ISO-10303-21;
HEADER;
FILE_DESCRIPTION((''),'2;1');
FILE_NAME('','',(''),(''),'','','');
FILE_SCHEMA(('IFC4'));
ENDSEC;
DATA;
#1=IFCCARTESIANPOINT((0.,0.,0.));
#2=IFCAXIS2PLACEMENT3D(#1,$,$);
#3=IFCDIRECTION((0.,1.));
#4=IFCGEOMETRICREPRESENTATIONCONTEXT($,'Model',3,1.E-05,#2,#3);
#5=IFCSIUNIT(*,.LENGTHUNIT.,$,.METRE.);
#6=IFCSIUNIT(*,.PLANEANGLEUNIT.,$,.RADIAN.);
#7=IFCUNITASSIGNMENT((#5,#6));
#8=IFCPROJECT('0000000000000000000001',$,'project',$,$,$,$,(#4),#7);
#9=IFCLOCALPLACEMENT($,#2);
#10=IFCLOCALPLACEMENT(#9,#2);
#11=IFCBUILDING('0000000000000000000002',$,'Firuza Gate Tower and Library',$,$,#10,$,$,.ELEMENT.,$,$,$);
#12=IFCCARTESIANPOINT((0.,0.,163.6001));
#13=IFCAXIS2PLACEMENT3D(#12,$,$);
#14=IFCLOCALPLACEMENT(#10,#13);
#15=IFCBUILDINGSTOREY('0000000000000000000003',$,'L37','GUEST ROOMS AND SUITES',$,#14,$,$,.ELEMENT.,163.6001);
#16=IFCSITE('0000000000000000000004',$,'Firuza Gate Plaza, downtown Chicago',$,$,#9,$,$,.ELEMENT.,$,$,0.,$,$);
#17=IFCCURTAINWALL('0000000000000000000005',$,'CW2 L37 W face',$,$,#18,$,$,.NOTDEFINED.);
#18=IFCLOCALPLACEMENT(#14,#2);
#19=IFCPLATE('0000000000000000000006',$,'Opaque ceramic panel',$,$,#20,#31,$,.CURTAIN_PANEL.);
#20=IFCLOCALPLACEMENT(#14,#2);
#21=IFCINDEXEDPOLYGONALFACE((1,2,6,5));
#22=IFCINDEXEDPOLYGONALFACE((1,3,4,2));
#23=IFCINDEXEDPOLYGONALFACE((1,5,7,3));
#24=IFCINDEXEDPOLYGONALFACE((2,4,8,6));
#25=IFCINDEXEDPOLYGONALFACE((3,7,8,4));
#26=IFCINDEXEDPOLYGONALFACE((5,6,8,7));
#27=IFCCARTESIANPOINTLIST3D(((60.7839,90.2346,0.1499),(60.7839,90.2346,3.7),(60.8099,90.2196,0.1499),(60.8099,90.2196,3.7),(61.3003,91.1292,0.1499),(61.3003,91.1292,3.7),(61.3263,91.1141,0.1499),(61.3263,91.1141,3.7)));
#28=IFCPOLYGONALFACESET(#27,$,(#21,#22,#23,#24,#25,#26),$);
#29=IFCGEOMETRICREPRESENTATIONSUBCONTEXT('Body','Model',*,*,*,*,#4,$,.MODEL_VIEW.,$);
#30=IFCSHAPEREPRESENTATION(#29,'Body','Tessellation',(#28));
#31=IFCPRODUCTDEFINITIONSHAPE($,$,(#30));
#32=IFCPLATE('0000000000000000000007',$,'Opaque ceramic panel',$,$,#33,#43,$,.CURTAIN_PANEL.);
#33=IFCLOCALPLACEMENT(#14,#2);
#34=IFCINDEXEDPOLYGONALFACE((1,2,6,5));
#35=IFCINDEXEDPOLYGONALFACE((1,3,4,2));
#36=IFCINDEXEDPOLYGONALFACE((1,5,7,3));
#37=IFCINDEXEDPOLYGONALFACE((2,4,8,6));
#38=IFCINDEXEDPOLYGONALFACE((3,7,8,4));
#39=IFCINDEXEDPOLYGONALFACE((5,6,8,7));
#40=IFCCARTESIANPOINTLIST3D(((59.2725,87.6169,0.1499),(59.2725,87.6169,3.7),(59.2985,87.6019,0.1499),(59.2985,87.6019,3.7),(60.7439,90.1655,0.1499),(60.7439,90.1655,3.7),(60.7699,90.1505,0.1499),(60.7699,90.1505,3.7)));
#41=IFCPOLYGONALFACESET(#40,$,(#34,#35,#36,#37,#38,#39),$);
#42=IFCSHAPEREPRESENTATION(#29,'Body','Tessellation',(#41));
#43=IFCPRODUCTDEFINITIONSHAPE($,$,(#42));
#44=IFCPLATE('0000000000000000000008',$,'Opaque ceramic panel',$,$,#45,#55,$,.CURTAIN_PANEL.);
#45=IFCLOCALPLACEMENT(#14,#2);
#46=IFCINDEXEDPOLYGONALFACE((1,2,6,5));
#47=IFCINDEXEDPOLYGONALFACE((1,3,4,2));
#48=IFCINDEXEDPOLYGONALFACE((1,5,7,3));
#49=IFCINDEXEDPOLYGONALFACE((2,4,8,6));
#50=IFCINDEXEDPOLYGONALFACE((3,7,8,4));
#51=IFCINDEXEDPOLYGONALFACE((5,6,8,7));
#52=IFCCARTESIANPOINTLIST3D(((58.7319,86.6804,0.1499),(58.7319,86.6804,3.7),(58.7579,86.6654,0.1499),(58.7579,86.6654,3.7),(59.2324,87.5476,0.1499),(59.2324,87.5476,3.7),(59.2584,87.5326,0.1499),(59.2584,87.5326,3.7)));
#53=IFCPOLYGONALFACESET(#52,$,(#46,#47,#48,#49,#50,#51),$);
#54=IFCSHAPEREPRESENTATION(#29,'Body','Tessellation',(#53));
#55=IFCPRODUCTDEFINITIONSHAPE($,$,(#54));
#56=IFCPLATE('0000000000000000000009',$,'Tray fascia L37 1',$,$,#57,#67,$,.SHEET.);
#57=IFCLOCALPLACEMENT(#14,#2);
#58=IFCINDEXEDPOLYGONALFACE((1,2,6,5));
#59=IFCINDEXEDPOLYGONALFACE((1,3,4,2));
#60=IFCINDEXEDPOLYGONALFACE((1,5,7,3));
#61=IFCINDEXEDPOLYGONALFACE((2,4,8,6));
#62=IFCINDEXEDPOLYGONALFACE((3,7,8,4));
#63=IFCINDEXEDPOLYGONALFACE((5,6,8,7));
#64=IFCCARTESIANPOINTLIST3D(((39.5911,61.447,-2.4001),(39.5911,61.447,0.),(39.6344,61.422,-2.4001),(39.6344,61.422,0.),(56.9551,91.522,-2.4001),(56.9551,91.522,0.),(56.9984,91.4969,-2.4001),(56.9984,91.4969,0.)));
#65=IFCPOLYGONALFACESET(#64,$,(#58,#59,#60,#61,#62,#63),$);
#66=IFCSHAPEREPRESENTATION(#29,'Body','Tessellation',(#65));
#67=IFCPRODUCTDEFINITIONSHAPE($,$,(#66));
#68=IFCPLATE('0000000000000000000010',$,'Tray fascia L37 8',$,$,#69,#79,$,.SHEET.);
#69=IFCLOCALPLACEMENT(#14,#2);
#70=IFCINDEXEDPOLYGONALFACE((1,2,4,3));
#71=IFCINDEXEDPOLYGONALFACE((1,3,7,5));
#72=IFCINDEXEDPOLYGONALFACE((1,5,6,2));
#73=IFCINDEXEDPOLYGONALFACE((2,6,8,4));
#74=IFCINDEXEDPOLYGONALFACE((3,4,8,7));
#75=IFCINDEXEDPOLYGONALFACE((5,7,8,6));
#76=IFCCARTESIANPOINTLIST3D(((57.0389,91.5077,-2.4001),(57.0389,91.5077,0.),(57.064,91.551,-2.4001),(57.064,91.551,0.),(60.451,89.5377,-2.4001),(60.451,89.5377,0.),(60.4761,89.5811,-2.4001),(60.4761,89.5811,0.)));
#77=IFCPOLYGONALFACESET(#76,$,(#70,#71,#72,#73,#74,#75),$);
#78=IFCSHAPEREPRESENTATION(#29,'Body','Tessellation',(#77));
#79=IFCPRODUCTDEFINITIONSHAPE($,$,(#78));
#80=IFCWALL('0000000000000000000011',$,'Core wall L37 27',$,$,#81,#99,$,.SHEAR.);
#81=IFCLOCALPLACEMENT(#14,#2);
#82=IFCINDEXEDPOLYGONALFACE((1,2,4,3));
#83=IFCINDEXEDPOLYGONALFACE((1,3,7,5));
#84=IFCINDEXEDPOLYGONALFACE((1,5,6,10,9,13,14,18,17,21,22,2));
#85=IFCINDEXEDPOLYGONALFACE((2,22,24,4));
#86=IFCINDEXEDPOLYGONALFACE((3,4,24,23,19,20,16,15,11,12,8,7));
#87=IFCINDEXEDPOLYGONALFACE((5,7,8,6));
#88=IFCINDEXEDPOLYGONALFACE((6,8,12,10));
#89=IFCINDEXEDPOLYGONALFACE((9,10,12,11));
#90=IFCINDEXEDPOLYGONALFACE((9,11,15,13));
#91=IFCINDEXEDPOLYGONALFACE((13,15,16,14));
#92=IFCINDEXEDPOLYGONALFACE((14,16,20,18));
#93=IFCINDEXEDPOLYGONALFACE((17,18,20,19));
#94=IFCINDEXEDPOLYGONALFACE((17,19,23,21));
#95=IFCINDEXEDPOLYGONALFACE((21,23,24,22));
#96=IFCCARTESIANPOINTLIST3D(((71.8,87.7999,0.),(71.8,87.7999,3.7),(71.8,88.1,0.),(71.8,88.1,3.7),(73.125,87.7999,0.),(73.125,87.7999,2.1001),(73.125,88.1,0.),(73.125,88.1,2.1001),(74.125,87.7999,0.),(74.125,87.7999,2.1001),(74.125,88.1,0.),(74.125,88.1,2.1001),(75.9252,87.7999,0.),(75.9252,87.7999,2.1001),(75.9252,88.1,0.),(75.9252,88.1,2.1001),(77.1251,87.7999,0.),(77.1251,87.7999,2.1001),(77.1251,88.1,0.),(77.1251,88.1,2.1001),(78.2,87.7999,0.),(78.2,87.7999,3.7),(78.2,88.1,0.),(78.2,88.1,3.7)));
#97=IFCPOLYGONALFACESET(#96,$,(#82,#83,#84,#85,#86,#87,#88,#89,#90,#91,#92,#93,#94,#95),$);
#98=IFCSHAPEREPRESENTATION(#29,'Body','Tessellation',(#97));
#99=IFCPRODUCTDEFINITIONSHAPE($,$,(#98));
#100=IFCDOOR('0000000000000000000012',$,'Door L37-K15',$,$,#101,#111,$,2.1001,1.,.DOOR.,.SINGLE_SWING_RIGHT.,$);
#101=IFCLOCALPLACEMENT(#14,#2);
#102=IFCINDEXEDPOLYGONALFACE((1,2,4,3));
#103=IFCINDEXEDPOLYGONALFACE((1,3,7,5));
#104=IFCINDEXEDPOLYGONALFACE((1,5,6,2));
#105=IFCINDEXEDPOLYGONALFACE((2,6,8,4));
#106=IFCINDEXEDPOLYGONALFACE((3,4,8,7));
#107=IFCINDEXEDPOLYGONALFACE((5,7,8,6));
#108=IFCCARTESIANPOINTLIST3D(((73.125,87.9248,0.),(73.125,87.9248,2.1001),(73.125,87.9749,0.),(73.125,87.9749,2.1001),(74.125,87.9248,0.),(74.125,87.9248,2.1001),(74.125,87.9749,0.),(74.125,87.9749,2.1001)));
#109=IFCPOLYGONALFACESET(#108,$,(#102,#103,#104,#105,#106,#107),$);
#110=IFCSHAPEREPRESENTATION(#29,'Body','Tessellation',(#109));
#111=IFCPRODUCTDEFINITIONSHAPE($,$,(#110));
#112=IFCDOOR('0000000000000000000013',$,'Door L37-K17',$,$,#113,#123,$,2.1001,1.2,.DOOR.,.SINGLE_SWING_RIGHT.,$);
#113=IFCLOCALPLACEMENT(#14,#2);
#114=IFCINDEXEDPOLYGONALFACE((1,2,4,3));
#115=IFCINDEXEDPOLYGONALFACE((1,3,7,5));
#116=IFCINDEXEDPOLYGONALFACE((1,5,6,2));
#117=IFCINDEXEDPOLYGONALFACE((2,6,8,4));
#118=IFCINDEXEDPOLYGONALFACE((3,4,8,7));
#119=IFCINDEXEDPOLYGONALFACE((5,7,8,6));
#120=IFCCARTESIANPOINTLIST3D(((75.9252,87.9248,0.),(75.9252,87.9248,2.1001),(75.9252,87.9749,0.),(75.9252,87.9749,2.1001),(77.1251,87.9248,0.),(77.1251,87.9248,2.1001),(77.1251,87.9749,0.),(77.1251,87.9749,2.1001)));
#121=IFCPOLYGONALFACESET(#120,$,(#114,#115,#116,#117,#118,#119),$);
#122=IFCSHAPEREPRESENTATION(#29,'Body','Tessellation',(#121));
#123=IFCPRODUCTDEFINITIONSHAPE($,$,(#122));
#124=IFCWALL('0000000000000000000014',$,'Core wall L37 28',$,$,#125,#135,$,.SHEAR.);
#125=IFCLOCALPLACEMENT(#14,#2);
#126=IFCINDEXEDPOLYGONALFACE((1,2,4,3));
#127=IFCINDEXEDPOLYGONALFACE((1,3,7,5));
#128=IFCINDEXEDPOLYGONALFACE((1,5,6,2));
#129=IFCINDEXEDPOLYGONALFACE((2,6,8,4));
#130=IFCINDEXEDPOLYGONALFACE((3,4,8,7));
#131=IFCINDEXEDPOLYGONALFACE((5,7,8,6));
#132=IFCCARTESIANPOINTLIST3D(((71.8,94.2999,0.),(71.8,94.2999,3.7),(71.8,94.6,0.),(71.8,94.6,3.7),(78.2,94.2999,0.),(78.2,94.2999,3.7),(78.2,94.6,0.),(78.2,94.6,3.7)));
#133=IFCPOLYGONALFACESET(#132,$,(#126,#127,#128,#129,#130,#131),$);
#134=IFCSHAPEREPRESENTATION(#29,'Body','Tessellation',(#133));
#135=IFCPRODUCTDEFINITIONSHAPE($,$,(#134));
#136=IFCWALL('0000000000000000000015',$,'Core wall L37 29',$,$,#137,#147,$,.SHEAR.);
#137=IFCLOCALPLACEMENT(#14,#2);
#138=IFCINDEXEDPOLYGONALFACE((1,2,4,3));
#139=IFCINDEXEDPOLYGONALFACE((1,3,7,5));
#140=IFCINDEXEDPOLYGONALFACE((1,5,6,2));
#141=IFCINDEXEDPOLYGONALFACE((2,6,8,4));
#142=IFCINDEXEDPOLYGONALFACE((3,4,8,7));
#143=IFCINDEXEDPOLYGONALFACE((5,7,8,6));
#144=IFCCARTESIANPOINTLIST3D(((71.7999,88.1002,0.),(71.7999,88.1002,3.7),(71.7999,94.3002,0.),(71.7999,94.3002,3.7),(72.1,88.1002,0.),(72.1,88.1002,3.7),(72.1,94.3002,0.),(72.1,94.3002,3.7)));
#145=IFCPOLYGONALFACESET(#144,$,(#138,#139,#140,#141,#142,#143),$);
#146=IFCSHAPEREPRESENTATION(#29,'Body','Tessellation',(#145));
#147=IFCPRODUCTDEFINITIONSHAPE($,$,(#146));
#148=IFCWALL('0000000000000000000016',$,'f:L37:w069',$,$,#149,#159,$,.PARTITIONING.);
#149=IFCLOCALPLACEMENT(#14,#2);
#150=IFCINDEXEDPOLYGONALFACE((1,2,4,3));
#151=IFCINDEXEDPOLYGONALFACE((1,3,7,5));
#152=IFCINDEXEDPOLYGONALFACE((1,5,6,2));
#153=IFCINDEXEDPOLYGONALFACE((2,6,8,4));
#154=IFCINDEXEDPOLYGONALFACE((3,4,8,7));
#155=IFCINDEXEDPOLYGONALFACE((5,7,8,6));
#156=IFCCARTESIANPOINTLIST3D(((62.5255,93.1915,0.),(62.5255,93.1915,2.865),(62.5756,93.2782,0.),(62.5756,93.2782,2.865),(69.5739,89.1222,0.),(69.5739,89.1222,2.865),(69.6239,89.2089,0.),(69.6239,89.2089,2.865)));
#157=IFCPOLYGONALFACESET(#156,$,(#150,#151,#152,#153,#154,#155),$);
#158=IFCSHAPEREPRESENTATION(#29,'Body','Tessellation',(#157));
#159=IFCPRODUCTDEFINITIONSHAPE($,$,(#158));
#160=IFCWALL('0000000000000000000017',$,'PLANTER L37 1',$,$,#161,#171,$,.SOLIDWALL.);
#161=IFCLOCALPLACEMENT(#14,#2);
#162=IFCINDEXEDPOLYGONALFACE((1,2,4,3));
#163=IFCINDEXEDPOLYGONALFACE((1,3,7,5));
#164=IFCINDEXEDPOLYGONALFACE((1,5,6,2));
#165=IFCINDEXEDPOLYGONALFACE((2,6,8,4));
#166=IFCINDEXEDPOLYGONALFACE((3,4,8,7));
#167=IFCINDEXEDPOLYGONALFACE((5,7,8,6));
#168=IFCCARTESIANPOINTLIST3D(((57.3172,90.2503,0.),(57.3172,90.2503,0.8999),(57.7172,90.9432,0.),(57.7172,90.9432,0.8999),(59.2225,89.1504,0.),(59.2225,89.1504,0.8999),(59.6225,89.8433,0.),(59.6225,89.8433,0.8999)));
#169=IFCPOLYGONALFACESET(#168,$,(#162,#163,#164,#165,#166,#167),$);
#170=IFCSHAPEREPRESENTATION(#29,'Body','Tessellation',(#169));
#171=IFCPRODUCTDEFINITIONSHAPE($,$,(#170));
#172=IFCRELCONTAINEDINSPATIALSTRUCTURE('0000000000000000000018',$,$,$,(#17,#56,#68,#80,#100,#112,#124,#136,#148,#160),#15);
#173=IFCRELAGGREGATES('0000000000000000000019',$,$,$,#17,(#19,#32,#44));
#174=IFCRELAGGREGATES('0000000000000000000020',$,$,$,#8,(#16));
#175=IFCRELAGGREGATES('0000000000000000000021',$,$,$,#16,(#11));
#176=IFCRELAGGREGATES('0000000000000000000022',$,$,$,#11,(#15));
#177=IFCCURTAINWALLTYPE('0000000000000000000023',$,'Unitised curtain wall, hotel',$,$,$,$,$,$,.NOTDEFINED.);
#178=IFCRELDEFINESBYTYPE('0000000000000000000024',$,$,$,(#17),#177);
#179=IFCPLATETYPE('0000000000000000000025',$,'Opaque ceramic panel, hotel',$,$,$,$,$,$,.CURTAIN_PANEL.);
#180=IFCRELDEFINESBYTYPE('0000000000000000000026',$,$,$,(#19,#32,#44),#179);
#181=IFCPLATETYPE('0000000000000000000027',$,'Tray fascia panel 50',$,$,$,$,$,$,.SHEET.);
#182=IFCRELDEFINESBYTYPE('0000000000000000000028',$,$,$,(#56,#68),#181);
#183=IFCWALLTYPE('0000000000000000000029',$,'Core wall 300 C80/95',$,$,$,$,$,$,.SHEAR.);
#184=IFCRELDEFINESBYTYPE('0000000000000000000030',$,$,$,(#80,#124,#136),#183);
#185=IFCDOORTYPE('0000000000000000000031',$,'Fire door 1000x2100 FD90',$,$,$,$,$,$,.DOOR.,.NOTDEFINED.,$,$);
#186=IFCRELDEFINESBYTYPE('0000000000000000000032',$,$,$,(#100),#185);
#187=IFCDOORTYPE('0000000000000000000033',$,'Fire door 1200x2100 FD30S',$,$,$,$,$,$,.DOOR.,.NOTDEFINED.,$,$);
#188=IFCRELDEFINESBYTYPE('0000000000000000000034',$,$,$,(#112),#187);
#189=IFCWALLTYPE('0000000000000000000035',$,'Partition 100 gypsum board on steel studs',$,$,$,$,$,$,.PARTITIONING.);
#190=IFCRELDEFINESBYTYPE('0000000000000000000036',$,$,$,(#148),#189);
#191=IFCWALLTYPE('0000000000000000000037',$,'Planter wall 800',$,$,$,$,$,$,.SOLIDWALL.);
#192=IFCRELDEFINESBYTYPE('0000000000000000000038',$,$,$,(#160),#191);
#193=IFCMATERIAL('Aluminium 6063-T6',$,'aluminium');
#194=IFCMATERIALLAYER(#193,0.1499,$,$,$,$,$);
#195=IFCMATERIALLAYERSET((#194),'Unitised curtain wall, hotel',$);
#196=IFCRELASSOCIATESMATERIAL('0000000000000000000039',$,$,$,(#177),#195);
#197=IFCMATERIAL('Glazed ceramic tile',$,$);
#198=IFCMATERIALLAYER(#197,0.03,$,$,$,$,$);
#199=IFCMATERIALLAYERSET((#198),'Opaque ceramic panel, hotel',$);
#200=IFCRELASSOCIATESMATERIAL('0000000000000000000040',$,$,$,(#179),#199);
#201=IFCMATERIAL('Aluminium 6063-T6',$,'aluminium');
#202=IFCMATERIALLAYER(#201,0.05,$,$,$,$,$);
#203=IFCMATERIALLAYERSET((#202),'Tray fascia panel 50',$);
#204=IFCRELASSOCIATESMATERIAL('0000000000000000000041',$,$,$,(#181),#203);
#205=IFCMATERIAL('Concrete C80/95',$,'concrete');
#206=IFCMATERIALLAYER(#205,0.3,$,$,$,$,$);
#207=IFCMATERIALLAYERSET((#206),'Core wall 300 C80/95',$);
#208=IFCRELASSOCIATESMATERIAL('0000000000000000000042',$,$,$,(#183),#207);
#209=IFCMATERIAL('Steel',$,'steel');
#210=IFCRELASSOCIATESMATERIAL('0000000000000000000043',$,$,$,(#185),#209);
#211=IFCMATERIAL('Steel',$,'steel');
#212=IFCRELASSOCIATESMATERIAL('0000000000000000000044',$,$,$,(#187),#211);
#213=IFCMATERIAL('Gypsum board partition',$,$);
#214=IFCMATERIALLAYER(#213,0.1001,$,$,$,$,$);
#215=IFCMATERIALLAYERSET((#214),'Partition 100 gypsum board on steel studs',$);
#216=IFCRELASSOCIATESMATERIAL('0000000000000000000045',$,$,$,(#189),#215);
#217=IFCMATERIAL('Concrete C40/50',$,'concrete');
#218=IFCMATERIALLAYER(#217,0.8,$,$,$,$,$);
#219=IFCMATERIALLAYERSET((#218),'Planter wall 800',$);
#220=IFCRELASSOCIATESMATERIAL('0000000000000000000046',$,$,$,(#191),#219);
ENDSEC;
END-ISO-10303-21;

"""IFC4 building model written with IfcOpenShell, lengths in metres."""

from ifc_helpers import new_model, si_unit, direction, frame, frame_2d, origin, place, context, subcontext, project, spatial, polyline, rectangle, outline, extrude, material, layer, layer_set, type_object, element, fill, aggregate, save


model = new_model("IFC4")

# Units and contexts
model_context = context("Model", 3, precision=1e-05, world=origin(), true_north=direction((0.0, 1.0)))
body_context = subcontext(model_context, "Body", "Model", "MODEL_VIEW")
ifc_project = project(units=[si_unit("LENGTHUNIT", "METRE"), si_unit("PLANEANGLEUNIT", "RADIAN")], contexts=[model_context])

# Site, building, storey
site_placement = place(None, origin())
site = spatial("IfcSite", under=ifc_project, at=site_placement, Name="Firuza Gate Plaza, downtown Chicago", CompositionType="ELEMENT", RefElevation=0.0)
building_placement = place(site_placement, origin())
building = spatial("IfcBuilding", under=site, at=building_placement, Name="Firuza Gate Tower and Library", CompositionType="ELEMENT")
storey_placement = place(building_placement, frame((0.0, 0.0, 163.6001)))
storey = spatial("IfcBuildingStorey", under=building, at=storey_placement, Name="L37", Description="GUEST ROOMS AND SUITES", CompositionType="ELEMENT", Elevation=163.6001)

# Curtain wall
ifc_material_1 = material(Name="Aluminium 6063-T6", Category="aluminium")
ifc_layer_1 = layer(ifc_material_1, 0.1499)
ifc_layer_set_1 = layer_set([ifc_layer_1], Name="Unitised curtain wall, hotel")
curtain_wall_type = type_object("IfcCurtainWallType", Name="Unitised curtain wall, hotel", PredefinedType="NOTDEFINED", material=ifc_layer_set_1)
placement = place(storey_placement, origin())
curtain_wall = element("IfcCurtainWall", 1, at=placement, inside=storey, type_object=curtain_wall_type, Name="CW2 L37 W face", PredefinedType="NOTDEFINED")

# Plates
ifc_material_2 = material(Name="Glazed ceramic tile")
ifc_layer_2 = layer(ifc_material_2, 0.03)
ifc_layer_set_2 = layer_set([ifc_layer_2], Name="Opaque ceramic panel, hotel")
plate_type_1 = type_object("IfcPlateType", Name="Opaque ceramic panel, hotel", PredefinedType="CURTAIN_PANEL", material=ifc_layer_set_2)
plate_1_placement = place(storey_placement, frame((61.3003, 91.1292, 0.1499), z_axis=(-0.866068, 0.499927, 0.0), x_axis=(-0.499927, -0.866068, 0.0)))
plate_1 = element("IfcPlate", 2, at=plate_1_placement, type_object=plate_type_1, Name="Opaque ceramic panel", PredefinedType="CURTAIN_PANEL", context=body_context, shape_type="SweptSolid", body=[
    extrude(outline(polyline([(0.0, 0.0), (1.0329, 0.0), (1.0329, 3.55), (0.0, 3.55), (0.0, 0.0)])), origin(), (0.0, 0.0, -1.0), 0.03),
])
plate_2_placement = place(storey_placement, frame((60.7439, 90.1655, 0.1499), z_axis=(-0.866024, 0.500003, 0.0), x_axis=(-0.500003, -0.866024, 0.0)))
plate_2 = element("IfcPlate", 3, at=plate_2_placement, type_object=plate_type_1, Name="Opaque ceramic panel", PredefinedType="CURTAIN_PANEL", context=body_context, shape_type="SweptSolid", body=[
    extrude(outline(polyline([(0.0, 0.0), (2.9429, 0.0), (2.9429, 3.55), (0.0, 3.55), (0.0, 0.0)])), origin(), (0.0, 0.0, -1.0), 0.03),
])
plate_3_placement = place(storey_placement, frame((59.2324, 87.5476, 0.1499), z_axis=(-0.866104, 0.499863, 0.0), x_axis=(-0.499863, -0.866104, 0.0)))
plate_3 = element("IfcPlate", 4, at=plate_3_placement, type_object=plate_type_1, Name="Opaque ceramic panel", PredefinedType="CURTAIN_PANEL", context=body_context, shape_type="SweptSolid", body=[
    extrude(outline(polyline([(0.0, 0.0), (1.0013, 0.0), (1.0013, 3.55), (0.0, 3.55), (0.0, 0.0)])), origin(), (0.0, 0.0, -1.0), 0.03),
])
aggregate(curtain_wall, [plate_1, plate_2, plate_3])

# Plates
ifc_material_3 = material(Name="Aluminium 6063-T6", Category="aluminium")
ifc_layer_3 = layer(ifc_material_3, 0.05)
ifc_layer_set_3 = layer_set([ifc_layer_3], Name="Tray fascia panel 50")
plate_type_2 = type_object("IfcPlateType", Name="Tray fascia panel 50", PredefinedType="SHEET", material=ifc_layer_set_3)
plate_4_placement = place(storey_placement, frame((56.9551, 91.522, -2.4001), z_axis=(-0.866023, 0.500005, 0.0), x_axis=(-0.500005, -0.866023, 0.0)))
element("IfcPlate", 5, at=plate_4_placement, inside=storey, type_object=plate_type_2, Name="Tray fascia L37 1", PredefinedType="SHEET", context=body_context, shape_type="SweptSolid", body=[
    extrude(outline(polyline([(0.0, 0.0), (34.7277, 0.0), (34.7277, 2.4001), (0.0, 2.4001), (0.0, 0.0)])), origin(), (0.0, 0.0, -1.0), 0.05),
])
plate_5_placement = place(storey_placement, frame((60.4761, 89.5811, -2.4001), z_axis=(0.499998, 0.866027, 0.0), x_axis=(-0.866027, 0.499998, 0.0)))
element("IfcPlate", 6, at=plate_5_placement, inside=storey, type_object=plate_type_2, Name="Tray fascia L37 8", PredefinedType="SHEET", context=body_context, shape_type="SweptSolid", body=[
    extrude(outline(polyline([(0.0, 0.0), (3.94, 0.0), (3.94, 2.4001), (0.0, 2.4001), (0.0, 0.0)])), origin(), (0.0, 0.0, -1.0), 0.05),
])

# Wall, openings, doors
ifc_material_4 = material(Name="Concrete C80/95", Category="concrete")
ifc_layer_4 = layer(ifc_material_4, 0.3)
ifc_layer_set_4 = layer_set([ifc_layer_4], Name="Core wall 300 C80/95")
wall_type_1 = type_object("IfcWallType", Name="Core wall 300 C80/95", PredefinedType="SHEAR", material=ifc_layer_set_4)
wall_1_placement = place(storey_placement, frame((71.8, 87.95, 0.0), z_axis=(0.0, 0.0, 1.0), x_axis=(1.0, 0.0, 0.0)))
wall_1 = element("IfcWall", 7, at=wall_1_placement, inside=storey, type_object=wall_type_1, Name="Core wall L37 27", PredefinedType="SHEAR", context=body_context, shape_type="SweptSolid", body=[
    extrude(rectangle(XDim=6.3999, YDim=0.3, at=frame_2d((3.2, 0.0))), origin(), (0.0, 0.0, 1.0), 3.7),
])
opening_1_placement = place(wall_1_placement, frame((1.325, 0.0, 0.0)))
opening_1 = element("IfcOpeningElement", 8, at=opening_1_placement, cuts=wall_1, PredefinedType="OPENING", context=body_context, shape_type="SweptSolid", body=[
    extrude(rectangle(XDim=1.0, YDim=2.1001, at=frame_2d((0.5, 1.05))), frame((0.0, 0.1602, 0.0), z_axis=(0.0, -1.0, 0.0), x_axis=(1.0, 0.0, 0.0)), (0.0, 0.0, 1.0), 0.3201),
])
opening_2_placement = place(wall_1_placement, frame((4.125, 0.0, 0.0)))
opening_2 = element("IfcOpeningElement", 9, at=opening_2_placement, cuts=wall_1, PredefinedType="OPENING", context=body_context, shape_type="SweptSolid", body=[
    extrude(rectangle(XDim=1.2, YDim=2.1001, at=frame_2d((0.6001, 1.05))), frame((0.0, 0.1602, 0.0), z_axis=(0.0, -1.0, 0.0), x_axis=(1.0, 0.0, 0.0)), (0.0, 0.0, 1.0), 0.3201),
])
ifc_material_5 = material(Name="Steel", Category="steel")
door_type_1 = type_object("IfcDoorType", Name="Fire door 1000x2100 FD90", OperationType="NOTDEFINED", PredefinedType="DOOR", material=ifc_material_5)
door_1_placement = place(opening_1_placement, origin())
door_1 = element("IfcDoor", 10, at=door_1_placement, inside=storey, type_object=door_type_1, Name="Door L37-K15", OperationType="SINGLE_SWING_RIGHT", OverallHeight=2.1001, OverallWidth=1.0, PredefinedType="DOOR", context=body_context, shape_type="SweptSolid", body=[
    extrude(rectangle(XDim=1.0, YDim=2.1001, at=frame_2d((0.5, 1.05))), frame((0.0, 0.0249, 0.0), z_axis=(0.0, -1.0, 0.0), x_axis=(1.0, 0.0, 0.0)), (0.0, 0.0, 1.0), 0.05),
])
fill(opening_1, door_1)
ifc_material_6 = material(Name="Steel", Category="steel")
door_type_2 = type_object("IfcDoorType", Name="Fire door 1200x2100 FD30S", OperationType="NOTDEFINED", PredefinedType="DOOR", material=ifc_material_6)
door_2_placement = place(opening_2_placement, origin())
door_2 = element("IfcDoor", 11, at=door_2_placement, inside=storey, type_object=door_type_2, Name="Door L37-K17", OperationType="SINGLE_SWING_RIGHT", OverallHeight=2.1001, OverallWidth=1.2, PredefinedType="DOOR", context=body_context, shape_type="SweptSolid", body=[
    extrude(rectangle(XDim=1.2, YDim=2.1001, at=frame_2d((0.6001, 1.05))), frame((0.0, 0.0249, 0.0), z_axis=(0.0, -1.0, 0.0), x_axis=(1.0, 0.0, 0.0)), (0.0, 0.0, 1.0), 0.05),
])
fill(opening_2, door_2)

# Walls
wall_2_placement = place(storey_placement, frame((71.8, 94.45, 0.0), z_axis=(0.0, 0.0, 1.0), x_axis=(1.0, 0.0, 0.0)))
element("IfcWall", 12, at=wall_2_placement, inside=storey, type_object=wall_type_1, Name="Core wall L37 28", PredefinedType="SHEAR", context=body_context, shape_type="SweptSolid", body=[
    extrude(rectangle(XDim=6.3999, YDim=0.3, at=frame_2d((3.2, 0.0))), origin(), (0.0, 0.0, 1.0), 3.7),
])
wall_3_placement = place(storey_placement, frame((71.95, 88.1001, 0.0), z_axis=(0.0, 0.0, 1.0), x_axis=(0.0, 1.0, 0.0)))
element("IfcWall", 13, at=wall_3_placement, inside=storey, type_object=wall_type_1, Name="Core wall L37 29", PredefinedType="SHEAR", context=body_context, shape_type="SweptSolid", body=[
    extrude(rectangle(XDim=6.2, YDim=0.3, at=frame_2d((3.1001, 0.0))), origin(), (0.0, 0.0, 1.0), 3.7),
])
ifc_material_7 = material(Name="Gypsum board partition")
ifc_layer_5 = layer(ifc_material_7, 0.1001)
ifc_layer_set_5 = layer_set([ifc_layer_5], Name="Partition 100 gypsum board on steel studs")
wall_type_2 = type_object("IfcWallType", Name="Partition 100 gypsum board on steel studs", PredefinedType="PARTITIONING", material=ifc_layer_set_5)
wall_4_placement = place(storey_placement, frame((69.5989, 89.1655, 0.0), z_axis=(0.0, 0.0, 1.0), x_axis=(-0.866027, 0.499998, 0.0)))
element("IfcWall", 14, at=wall_4_placement, inside=storey, type_object=wall_type_2, Name="f:L37:w069", PredefinedType="PARTITIONING", context=body_context, shape_type="SweptSolid", body=[
    extrude(rectangle(XDim=8.1387, YDim=0.1001, at=frame_2d((4.0693, 0.0))), origin(), (0.0, 0.0, 1.0), 2.865),
])
ifc_material_8 = material(Name="Concrete C40/50", Category="concrete")
ifc_layer_6 = layer(ifc_material_8, 0.8)
ifc_layer_set_6 = layer_set([ifc_layer_6], Name="Planter wall 800")
wall_type_3 = type_object("IfcWallType", Name="Planter wall 800", PredefinedType="SOLIDWALL", material=ifc_layer_set_6)
wall_5_placement = place(storey_placement, frame((59.4226, 89.4968, 0.0), z_axis=(0.0, 0.0, 1.0), x_axis=(-0.866056, 0.499947, 0.0)))
element("IfcWall", 15, at=wall_5_placement, inside=storey, type_object=wall_type_3, Name="PLANTER L37 1", PredefinedType="SOLIDWALL", context=body_context, shape_type="SweptSolid", body=[
    extrude(rectangle(XDim=2.2, YDim=0.8, at=frame_2d((1.1001, 0.0))), origin(), (0.0, 0.0, 1.0), 0.8999),
])

save(model, "model.ifc")
